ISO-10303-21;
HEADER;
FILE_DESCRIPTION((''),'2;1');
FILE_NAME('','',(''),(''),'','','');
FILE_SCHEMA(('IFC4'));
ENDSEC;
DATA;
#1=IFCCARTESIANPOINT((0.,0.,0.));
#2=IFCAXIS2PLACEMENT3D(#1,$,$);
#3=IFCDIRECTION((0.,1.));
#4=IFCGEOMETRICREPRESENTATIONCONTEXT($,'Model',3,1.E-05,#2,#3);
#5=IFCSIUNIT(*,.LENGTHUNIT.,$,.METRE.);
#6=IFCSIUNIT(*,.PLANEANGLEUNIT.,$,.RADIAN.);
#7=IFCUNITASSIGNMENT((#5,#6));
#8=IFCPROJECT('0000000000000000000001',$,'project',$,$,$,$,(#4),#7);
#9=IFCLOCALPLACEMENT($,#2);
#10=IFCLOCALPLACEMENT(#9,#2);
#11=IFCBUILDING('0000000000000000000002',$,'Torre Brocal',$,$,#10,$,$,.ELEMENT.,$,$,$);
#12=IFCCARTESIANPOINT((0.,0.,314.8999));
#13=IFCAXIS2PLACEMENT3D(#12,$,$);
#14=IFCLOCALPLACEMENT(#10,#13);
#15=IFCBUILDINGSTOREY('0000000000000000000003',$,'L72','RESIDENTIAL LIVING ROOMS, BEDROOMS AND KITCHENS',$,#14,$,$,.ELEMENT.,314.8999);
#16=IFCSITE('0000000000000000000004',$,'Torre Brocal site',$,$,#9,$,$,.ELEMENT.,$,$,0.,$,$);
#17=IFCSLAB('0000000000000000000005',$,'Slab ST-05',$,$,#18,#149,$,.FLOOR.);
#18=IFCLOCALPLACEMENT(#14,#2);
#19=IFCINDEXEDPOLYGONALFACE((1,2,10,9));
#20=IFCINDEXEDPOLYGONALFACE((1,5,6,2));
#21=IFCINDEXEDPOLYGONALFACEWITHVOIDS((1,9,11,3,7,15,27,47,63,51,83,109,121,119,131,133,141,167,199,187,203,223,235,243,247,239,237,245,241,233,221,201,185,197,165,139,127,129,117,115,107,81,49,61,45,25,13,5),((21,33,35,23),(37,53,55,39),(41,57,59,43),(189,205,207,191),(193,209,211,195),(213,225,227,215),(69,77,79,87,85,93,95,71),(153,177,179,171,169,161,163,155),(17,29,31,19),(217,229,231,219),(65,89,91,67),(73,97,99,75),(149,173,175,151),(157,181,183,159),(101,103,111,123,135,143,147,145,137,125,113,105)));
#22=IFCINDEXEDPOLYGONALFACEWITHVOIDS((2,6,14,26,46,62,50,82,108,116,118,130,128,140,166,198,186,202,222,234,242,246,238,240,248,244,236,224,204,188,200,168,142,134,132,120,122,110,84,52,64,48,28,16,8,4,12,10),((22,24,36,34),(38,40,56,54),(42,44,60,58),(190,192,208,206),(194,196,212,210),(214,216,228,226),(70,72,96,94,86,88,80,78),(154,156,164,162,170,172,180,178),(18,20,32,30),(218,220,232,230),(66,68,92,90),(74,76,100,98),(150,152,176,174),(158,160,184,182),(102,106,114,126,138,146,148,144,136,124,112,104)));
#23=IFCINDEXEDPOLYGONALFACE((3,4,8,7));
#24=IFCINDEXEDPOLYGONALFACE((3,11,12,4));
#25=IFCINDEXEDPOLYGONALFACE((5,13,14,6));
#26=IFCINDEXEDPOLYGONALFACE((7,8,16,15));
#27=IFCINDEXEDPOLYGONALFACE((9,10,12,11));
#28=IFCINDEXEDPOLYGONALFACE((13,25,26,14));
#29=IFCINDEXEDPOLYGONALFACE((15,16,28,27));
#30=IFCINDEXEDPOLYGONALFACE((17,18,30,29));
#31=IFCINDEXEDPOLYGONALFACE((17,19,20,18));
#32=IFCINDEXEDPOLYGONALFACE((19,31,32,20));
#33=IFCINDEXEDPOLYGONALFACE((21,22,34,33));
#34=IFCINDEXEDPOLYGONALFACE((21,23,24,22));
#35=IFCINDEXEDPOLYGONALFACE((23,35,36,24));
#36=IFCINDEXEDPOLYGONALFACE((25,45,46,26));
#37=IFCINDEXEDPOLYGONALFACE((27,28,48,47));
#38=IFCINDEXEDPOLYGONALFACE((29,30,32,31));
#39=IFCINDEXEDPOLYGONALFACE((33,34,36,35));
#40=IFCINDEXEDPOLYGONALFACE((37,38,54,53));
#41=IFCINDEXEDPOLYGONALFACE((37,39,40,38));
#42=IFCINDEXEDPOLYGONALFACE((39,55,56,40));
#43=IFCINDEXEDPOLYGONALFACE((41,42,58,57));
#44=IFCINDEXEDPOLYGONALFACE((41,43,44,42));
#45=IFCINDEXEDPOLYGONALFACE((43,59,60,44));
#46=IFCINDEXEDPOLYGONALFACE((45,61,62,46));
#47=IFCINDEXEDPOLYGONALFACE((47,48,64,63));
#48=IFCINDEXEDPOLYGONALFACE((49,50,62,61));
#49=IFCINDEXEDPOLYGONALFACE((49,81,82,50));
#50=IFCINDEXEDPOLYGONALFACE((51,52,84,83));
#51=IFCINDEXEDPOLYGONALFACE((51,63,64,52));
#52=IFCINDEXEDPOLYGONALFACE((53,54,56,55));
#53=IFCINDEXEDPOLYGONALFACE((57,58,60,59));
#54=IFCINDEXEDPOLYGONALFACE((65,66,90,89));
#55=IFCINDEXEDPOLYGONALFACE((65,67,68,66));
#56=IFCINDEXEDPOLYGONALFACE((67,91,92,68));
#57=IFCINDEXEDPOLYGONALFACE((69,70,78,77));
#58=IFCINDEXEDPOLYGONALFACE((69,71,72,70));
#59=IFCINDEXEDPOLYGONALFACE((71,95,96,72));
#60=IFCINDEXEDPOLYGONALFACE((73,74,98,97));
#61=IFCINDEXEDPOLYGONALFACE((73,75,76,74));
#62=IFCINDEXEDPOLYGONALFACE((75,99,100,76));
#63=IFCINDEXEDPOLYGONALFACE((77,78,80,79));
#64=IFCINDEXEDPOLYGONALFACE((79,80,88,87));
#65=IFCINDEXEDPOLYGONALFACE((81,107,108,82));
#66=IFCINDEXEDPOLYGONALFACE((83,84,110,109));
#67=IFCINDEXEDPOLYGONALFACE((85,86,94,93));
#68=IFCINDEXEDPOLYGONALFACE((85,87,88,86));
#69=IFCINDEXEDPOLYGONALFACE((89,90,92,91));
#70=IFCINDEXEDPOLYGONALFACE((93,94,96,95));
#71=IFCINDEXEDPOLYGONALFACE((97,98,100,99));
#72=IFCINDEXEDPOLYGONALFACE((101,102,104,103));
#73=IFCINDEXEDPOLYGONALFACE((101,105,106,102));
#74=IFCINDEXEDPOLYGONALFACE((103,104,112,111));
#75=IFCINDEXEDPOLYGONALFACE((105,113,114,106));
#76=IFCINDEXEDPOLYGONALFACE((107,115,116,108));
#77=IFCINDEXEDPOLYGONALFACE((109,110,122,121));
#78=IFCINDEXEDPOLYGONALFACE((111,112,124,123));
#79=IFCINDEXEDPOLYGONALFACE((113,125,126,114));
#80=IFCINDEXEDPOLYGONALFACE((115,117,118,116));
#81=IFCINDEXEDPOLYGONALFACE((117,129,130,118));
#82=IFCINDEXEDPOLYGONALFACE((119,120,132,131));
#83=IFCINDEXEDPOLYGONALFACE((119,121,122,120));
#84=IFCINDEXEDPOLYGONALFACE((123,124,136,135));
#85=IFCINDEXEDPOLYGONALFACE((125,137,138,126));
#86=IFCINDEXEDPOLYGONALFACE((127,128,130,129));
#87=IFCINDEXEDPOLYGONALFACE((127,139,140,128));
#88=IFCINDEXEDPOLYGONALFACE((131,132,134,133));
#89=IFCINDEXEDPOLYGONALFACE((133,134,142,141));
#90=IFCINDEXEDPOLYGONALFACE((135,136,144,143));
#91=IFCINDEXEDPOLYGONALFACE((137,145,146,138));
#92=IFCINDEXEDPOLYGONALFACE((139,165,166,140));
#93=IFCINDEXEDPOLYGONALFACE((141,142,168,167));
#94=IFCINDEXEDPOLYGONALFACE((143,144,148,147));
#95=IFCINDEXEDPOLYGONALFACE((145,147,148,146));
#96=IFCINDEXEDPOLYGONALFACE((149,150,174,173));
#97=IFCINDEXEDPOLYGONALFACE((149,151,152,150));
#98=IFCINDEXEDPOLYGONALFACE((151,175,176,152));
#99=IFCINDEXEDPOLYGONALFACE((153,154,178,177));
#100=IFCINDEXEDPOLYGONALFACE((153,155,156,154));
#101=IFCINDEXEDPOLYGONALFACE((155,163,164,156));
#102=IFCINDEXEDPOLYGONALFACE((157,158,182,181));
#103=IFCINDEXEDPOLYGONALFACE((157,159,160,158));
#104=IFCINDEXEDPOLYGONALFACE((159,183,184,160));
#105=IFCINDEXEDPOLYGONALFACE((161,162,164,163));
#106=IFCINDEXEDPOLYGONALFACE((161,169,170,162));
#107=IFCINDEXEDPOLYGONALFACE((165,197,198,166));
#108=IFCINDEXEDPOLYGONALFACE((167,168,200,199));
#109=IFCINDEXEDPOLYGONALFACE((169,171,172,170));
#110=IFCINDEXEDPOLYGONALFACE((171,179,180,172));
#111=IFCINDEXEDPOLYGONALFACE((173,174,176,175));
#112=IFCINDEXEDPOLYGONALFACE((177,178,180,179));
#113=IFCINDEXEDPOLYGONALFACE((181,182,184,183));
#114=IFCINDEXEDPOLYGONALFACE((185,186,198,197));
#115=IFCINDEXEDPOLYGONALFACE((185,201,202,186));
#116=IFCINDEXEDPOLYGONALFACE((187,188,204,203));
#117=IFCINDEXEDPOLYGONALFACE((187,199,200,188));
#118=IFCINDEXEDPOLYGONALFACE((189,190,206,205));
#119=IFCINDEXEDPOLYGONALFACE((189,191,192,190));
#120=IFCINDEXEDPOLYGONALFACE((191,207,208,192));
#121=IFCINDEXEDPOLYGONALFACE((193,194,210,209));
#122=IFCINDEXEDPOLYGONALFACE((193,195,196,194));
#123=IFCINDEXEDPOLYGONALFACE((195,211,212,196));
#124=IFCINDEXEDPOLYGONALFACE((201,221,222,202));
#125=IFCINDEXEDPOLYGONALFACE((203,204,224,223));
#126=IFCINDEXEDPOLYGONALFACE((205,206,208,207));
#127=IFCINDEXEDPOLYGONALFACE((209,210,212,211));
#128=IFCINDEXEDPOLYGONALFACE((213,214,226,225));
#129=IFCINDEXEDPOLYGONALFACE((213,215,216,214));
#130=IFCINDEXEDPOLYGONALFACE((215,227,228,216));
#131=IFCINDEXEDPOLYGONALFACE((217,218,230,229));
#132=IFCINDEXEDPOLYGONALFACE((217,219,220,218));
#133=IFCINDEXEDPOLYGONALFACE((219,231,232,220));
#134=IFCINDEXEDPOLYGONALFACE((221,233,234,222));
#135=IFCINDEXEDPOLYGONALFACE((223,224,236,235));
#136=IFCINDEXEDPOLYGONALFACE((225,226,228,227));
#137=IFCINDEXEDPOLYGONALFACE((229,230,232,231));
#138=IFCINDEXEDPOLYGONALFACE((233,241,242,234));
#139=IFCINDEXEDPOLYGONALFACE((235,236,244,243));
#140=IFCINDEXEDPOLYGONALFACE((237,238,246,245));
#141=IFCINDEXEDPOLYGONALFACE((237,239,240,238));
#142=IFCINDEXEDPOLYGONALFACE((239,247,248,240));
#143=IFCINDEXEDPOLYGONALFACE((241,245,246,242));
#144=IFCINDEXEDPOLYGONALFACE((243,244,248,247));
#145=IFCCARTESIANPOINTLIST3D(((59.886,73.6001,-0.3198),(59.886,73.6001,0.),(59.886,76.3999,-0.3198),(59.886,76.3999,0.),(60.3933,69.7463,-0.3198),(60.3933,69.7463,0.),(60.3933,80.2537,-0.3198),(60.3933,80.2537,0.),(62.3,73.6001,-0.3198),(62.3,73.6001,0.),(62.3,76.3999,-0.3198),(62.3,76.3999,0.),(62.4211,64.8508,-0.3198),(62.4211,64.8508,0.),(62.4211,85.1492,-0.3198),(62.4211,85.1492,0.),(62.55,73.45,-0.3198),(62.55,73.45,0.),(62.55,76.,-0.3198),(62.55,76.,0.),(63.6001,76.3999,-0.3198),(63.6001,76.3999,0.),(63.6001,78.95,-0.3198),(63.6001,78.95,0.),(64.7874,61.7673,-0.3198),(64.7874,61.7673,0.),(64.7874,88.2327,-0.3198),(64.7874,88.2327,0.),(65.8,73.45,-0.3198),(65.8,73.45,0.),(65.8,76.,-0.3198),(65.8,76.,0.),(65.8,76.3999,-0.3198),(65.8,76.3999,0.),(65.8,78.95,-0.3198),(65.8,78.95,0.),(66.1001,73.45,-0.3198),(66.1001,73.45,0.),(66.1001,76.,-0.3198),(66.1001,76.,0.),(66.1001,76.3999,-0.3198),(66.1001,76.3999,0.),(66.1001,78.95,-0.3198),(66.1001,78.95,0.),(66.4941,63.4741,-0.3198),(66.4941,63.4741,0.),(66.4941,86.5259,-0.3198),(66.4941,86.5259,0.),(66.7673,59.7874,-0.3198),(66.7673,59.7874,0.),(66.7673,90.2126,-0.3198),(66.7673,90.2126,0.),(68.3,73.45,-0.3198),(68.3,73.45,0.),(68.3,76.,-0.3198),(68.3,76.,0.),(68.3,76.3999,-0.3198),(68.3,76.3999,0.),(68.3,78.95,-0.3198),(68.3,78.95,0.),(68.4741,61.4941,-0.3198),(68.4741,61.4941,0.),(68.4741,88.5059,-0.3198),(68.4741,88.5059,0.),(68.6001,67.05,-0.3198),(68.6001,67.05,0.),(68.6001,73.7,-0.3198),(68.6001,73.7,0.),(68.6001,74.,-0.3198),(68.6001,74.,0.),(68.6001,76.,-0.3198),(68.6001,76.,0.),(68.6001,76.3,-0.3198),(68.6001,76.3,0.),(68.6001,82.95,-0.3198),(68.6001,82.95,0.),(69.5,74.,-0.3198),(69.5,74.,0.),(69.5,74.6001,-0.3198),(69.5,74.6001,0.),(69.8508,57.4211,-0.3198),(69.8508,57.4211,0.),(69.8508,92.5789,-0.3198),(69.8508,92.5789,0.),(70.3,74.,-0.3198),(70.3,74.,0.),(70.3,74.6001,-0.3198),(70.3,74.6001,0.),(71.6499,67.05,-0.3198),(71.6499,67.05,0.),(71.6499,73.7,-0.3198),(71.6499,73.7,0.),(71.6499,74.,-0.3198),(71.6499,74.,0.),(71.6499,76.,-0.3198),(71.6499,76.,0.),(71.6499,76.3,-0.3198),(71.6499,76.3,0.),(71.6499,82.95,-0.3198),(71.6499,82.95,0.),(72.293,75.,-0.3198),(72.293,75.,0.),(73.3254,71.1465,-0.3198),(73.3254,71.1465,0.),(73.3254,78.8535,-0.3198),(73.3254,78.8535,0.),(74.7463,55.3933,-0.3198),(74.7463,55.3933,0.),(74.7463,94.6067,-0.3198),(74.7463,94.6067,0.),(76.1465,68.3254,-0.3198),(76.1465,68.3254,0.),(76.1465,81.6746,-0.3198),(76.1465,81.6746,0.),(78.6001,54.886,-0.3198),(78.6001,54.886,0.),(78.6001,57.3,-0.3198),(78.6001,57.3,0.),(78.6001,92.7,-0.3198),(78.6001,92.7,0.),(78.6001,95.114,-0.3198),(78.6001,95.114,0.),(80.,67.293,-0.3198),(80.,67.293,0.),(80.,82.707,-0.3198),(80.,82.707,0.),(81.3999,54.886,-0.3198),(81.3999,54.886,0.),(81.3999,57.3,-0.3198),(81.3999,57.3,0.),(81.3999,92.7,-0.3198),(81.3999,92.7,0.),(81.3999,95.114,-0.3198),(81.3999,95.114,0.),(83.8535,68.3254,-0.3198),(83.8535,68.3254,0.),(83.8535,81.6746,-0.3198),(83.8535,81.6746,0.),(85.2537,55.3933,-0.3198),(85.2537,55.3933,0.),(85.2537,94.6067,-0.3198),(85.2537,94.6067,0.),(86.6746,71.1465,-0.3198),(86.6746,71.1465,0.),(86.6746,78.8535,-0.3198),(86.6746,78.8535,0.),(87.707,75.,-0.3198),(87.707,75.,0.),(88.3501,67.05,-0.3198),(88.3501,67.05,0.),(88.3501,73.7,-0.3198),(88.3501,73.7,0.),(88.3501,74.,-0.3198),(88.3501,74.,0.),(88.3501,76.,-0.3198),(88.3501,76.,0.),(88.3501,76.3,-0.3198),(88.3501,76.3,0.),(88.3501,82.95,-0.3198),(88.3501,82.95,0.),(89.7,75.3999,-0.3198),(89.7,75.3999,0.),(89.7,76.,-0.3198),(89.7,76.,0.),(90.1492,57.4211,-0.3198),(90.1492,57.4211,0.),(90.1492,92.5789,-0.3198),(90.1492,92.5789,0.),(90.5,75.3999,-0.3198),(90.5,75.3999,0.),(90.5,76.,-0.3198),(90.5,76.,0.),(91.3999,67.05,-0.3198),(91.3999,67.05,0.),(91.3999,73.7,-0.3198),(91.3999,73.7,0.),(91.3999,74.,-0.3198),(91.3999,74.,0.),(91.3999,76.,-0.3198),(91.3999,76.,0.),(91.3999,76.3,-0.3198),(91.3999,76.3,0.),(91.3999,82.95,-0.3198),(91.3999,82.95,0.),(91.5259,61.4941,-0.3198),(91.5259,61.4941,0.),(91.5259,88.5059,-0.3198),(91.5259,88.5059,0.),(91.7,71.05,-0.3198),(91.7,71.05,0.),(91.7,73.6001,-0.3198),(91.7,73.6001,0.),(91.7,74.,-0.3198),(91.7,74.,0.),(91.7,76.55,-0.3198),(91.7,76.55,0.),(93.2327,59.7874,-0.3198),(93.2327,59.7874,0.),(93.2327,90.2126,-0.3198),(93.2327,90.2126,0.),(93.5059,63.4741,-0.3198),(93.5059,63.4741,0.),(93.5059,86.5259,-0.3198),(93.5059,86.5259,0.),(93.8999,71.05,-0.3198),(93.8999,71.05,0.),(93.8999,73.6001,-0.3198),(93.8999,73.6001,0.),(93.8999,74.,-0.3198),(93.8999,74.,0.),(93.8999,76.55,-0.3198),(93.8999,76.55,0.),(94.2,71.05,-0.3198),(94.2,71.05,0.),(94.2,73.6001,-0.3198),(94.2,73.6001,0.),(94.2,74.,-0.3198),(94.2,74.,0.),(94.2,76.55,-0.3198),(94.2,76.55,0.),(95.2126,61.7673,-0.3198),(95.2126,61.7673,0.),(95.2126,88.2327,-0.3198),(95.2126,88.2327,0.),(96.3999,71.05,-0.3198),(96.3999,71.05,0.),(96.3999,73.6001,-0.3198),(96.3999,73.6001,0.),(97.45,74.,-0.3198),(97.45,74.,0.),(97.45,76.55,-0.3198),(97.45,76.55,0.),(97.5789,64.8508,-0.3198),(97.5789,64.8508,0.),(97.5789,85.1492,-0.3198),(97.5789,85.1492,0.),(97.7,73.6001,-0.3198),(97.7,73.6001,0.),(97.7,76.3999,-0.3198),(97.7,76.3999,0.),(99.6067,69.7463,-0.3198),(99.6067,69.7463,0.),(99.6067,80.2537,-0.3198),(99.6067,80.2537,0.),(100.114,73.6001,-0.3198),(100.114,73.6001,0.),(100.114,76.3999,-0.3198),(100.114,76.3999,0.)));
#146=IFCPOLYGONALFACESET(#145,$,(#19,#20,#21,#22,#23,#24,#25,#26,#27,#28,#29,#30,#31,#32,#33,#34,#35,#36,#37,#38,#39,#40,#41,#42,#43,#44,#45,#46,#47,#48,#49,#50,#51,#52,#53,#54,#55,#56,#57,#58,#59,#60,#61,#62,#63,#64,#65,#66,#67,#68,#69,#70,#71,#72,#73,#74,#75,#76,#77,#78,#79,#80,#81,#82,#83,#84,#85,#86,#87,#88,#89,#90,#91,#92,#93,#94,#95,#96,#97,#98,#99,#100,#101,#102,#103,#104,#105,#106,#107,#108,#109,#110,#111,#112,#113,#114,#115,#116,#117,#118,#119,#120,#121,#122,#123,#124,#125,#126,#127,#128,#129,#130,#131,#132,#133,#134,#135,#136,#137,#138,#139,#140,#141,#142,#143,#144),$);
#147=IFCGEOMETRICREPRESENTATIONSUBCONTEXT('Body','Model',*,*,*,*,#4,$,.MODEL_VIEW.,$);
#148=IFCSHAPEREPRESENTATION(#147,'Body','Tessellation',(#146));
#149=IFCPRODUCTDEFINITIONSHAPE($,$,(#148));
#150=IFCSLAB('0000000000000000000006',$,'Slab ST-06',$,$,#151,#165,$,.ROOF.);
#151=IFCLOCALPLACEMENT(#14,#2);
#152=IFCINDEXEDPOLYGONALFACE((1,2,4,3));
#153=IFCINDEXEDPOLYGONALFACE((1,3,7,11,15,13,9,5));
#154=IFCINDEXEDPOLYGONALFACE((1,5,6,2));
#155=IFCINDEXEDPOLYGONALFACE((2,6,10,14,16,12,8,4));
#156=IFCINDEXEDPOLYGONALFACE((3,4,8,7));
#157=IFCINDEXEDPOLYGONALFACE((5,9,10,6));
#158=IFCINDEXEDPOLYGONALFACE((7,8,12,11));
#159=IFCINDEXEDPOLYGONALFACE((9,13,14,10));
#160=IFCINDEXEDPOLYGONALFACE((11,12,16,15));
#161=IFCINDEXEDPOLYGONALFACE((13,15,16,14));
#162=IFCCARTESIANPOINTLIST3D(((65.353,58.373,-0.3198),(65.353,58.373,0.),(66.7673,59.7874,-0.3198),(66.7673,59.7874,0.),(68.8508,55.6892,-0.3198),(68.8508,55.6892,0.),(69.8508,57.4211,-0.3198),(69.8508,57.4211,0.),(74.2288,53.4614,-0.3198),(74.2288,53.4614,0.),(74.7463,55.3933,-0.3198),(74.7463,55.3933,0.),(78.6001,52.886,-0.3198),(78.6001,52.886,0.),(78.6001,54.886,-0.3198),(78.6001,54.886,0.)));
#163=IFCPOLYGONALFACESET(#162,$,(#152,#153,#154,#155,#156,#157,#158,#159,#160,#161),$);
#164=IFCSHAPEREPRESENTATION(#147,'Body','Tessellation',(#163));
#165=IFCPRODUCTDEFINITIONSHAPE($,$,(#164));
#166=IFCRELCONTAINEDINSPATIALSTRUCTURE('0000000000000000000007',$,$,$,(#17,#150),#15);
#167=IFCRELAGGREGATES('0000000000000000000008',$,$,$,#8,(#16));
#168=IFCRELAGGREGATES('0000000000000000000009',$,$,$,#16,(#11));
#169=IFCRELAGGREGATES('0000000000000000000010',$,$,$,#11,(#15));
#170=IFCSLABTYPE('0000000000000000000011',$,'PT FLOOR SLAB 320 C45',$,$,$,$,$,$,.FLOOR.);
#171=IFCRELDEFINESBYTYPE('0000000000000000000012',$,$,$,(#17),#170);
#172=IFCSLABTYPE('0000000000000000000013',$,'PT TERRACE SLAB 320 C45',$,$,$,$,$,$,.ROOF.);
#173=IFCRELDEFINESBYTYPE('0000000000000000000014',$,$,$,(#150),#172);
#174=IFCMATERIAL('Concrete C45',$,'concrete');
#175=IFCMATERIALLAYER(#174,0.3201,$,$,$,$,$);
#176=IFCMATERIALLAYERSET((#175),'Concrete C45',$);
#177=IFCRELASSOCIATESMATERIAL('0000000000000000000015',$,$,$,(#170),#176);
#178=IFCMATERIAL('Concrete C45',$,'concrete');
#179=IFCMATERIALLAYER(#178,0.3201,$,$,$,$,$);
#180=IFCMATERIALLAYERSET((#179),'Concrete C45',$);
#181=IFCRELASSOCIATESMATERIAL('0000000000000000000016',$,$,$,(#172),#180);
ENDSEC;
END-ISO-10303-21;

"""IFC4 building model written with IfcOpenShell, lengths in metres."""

from ifc_helpers import new_model, si_unit, direction, frame, origin, place, context, subcontext, project, spatial, polyline, outline, extrude, material, layer, layer_set, type_object, element, save


model = new_model("IFC4")

# Units and contexts
model_context = context("Model", 3, precision=1e-05, world=origin(), true_north=direction((0.0, 1.0)))
body_context = subcontext(model_context, "Body", "Model", "MODEL_VIEW")
ifc_project = project(units=[si_unit("LENGTHUNIT", "METRE"), si_unit("PLANEANGLEUNIT", "RADIAN")], contexts=[model_context])

# Site, building, storey
site_placement = place(None, origin())
site = spatial("IfcSite", under=ifc_project, at=site_placement, Name="Torre Brocal site", CompositionType="ELEMENT", RefElevation=0.0)
building_placement = place(site_placement, origin())
building = spatial("IfcBuilding", under=site, at=building_placement, Name="Torre Brocal", CompositionType="ELEMENT")
storey_placement = place(building_placement, frame((0.0, 0.0, 314.8999)))
storey = spatial("IfcBuildingStorey", under=building, at=storey_placement, Name="L72", Description="RESIDENTIAL LIVING ROOMS, BEDROOMS AND KITCHENS", CompositionType="ELEMENT", Elevation=314.8999)

# Slabs
ifc_material_1 = material(Name="Concrete C45", Category="concrete")
ifc_layer_1 = layer(ifc_material_1, 0.3201)
ifc_layer_set_1 = layer_set([ifc_layer_1], Name="Concrete C45")
slab_type_1 = type_object("IfcSlabType", Name="PT FLOOR SLAB 320 C45", PredefinedType="FLOOR", material=ifc_layer_set_1)
slab_1_placement = place(storey_placement, frame((0.0, 0.0, -0.3198)))
element("IfcSlab", 1, at=slab_1_placement, inside=storey, type_object=slab_type_1, Name="Slab ST-05", PredefinedType="FLOOR", context=body_context, shape_type="SweptSolid", body=[
    extrude(outline(polyline([(97.7, 76.3999), (97.7, 73.6001), (100.114, 73.6001), (99.6067, 69.7463), (97.5789, 64.8508), (95.2126, 61.7673), (93.5059, 63.4741), (91.5259, 61.4941), (93.2327, 59.7874), (90.1492, 57.4211), (85.2537, 55.3933), (81.3999, 54.886), (81.3999, 57.3), (78.6001, 57.3), (78.6001, 54.886), (74.7463, 55.3933), (69.8508, 57.4211), (66.7673, 59.7874), (68.4741, 61.4941), (66.4941, 63.4741), (64.7874, 61.7673), (62.4211, 64.8508), (60.3933, 69.7463), (59.886, 73.6001), (62.3, 73.6001), (62.3, 76.3999), (59.886, 76.3999), (60.3933, 80.2537), (62.4211, 85.1492), (64.7874, 88.2327), (66.4941, 86.5259), (68.4741, 88.5059), (66.7673, 90.2126), (69.8508, 92.5789), (74.7463, 94.6067), (78.6001, 95.114), (78.6001, 92.7), (81.3999, 92.7), (81.3999, 95.114), (85.2537, 94.6067), (90.1492, 92.5789), (93.2327, 90.2126), (91.5259, 88.5059), (93.5059, 86.5259), (95.2126, 88.2327), (97.5789, 85.1492), (99.6067, 80.2537), (100.114, 76.3999), (97.7, 76.3999)]), holes=[polyline([(97.45, 76.55), (94.2, 76.55), (94.2, 74.0), (97.45, 74.0), (97.45, 76.55)]), polyline([(96.3999, 73.6001), (94.2, 73.6001), (94.2, 71.05), (96.3999, 71.05), (96.3999, 73.6001)]), polyline([(93.8999, 73.6001), (91.7, 73.6001), (91.7, 71.05), (93.8999, 71.05), (93.8999, 73.6001)]), polyline([(93.8999, 76.55), (91.7, 76.55), (91.7, 74.0), (93.8999, 74.0), (93.8999, 76.55)]), polyline([(89.7, 76.0), (88.3501, 76.0), (88.3501, 74.0), (91.3999, 74.0), (91.3999, 76.0), (90.5, 76.0), (90.5, 75.3999), (89.7, 75.3999), (89.7, 76.0)]), polyline([(88.3501, 73.7), (88.3501, 67.05), (91.3999, 67.05), (91.3999, 73.7), (88.3501, 73.7)]), polyline([(91.3999, 82.95), (88.3501, 82.95), (88.3501, 76.3), (91.3999, 76.3), (91.3999, 82.95)]), polyline([(80.0, 82.707), (76.1465, 81.6746), (73.3254, 78.8535), (72.293, 75.0), (73.3254, 71.1465), (76.1465, 68.3254), (80.0, 67.293), (83.8535, 68.3254), (86.6746, 71.1465), (87.707, 75.0), (86.6746, 78.8535), (83.8535, 81.6746), (80.0, 82.707)]), polyline([(71.6499, 67.05), (71.6499, 73.7), (68.6001, 73.7), (68.6001, 67.05), (71.6499, 67.05)]), polyline([(68.6001, 76.3), (71.6499, 76.3), (71.6499, 82.95), (68.6001, 82.95), (68.6001, 76.3)]), polyline([(70.3, 74.0), (71.6499, 74.0), (71.6499, 76.0), (68.6001, 76.0), (68.6001, 74.0), (69.5, 74.0), (69.5, 74.6001), (70.3, 74.6001), (70.3, 74.0)]), polyline([(66.1001, 73.45), (68.3, 73.45), (68.3, 76.0), (66.1001, 76.0), (66.1001, 73.45)]), polyline([(66.1001, 76.3999), (68.3, 76.3999), (68.3, 78.95), (66.1001, 78.95), (66.1001, 76.3999)]), polyline([(62.55, 73.45), (65.8, 73.45), (65.8, 76.0), (62.55, 76.0), (62.55, 73.45)]), polyline([(63.6001, 76.3999), (65.8, 76.3999), (65.8, 78.95), (63.6001, 78.95), (63.6001, 76.3999)])]), origin(), (0.0, 0.0, 1.0), 0.3198),
])
ifc_material_2 = material(Name="Concrete C45", Category="concrete")
ifc_layer_2 = layer(ifc_material_2, 0.3201)
ifc_layer_set_2 = layer_set([ifc_layer_2], Name="Concrete C45")
slab_type_2 = type_object("IfcSlabType", Name="PT TERRACE SLAB 320 C45", PredefinedType="ROOF", material=ifc_layer_set_2)
slab_2_placement = place(storey_placement, frame((0.0, 0.0, -0.3198)))
element("IfcSlab", 2, at=slab_2_placement, inside=storey, type_object=slab_type_2, Name="Slab ST-06", PredefinedType="ROOF", context=body_context, shape_type="SweptSolid", body=[
    extrude(outline(polyline([(74.7463, 55.3933), (78.6001, 54.886), (78.6001, 52.886), (74.2288, 53.4614), (68.8508, 55.6892), (65.353, 58.373), (66.7673, 59.7874), (69.8508, 57.4211), (74.7463, 55.3933)])), origin(), (0.0, 0.0, 1.0), 0.3198),
])

save(model, "model.ifc")
